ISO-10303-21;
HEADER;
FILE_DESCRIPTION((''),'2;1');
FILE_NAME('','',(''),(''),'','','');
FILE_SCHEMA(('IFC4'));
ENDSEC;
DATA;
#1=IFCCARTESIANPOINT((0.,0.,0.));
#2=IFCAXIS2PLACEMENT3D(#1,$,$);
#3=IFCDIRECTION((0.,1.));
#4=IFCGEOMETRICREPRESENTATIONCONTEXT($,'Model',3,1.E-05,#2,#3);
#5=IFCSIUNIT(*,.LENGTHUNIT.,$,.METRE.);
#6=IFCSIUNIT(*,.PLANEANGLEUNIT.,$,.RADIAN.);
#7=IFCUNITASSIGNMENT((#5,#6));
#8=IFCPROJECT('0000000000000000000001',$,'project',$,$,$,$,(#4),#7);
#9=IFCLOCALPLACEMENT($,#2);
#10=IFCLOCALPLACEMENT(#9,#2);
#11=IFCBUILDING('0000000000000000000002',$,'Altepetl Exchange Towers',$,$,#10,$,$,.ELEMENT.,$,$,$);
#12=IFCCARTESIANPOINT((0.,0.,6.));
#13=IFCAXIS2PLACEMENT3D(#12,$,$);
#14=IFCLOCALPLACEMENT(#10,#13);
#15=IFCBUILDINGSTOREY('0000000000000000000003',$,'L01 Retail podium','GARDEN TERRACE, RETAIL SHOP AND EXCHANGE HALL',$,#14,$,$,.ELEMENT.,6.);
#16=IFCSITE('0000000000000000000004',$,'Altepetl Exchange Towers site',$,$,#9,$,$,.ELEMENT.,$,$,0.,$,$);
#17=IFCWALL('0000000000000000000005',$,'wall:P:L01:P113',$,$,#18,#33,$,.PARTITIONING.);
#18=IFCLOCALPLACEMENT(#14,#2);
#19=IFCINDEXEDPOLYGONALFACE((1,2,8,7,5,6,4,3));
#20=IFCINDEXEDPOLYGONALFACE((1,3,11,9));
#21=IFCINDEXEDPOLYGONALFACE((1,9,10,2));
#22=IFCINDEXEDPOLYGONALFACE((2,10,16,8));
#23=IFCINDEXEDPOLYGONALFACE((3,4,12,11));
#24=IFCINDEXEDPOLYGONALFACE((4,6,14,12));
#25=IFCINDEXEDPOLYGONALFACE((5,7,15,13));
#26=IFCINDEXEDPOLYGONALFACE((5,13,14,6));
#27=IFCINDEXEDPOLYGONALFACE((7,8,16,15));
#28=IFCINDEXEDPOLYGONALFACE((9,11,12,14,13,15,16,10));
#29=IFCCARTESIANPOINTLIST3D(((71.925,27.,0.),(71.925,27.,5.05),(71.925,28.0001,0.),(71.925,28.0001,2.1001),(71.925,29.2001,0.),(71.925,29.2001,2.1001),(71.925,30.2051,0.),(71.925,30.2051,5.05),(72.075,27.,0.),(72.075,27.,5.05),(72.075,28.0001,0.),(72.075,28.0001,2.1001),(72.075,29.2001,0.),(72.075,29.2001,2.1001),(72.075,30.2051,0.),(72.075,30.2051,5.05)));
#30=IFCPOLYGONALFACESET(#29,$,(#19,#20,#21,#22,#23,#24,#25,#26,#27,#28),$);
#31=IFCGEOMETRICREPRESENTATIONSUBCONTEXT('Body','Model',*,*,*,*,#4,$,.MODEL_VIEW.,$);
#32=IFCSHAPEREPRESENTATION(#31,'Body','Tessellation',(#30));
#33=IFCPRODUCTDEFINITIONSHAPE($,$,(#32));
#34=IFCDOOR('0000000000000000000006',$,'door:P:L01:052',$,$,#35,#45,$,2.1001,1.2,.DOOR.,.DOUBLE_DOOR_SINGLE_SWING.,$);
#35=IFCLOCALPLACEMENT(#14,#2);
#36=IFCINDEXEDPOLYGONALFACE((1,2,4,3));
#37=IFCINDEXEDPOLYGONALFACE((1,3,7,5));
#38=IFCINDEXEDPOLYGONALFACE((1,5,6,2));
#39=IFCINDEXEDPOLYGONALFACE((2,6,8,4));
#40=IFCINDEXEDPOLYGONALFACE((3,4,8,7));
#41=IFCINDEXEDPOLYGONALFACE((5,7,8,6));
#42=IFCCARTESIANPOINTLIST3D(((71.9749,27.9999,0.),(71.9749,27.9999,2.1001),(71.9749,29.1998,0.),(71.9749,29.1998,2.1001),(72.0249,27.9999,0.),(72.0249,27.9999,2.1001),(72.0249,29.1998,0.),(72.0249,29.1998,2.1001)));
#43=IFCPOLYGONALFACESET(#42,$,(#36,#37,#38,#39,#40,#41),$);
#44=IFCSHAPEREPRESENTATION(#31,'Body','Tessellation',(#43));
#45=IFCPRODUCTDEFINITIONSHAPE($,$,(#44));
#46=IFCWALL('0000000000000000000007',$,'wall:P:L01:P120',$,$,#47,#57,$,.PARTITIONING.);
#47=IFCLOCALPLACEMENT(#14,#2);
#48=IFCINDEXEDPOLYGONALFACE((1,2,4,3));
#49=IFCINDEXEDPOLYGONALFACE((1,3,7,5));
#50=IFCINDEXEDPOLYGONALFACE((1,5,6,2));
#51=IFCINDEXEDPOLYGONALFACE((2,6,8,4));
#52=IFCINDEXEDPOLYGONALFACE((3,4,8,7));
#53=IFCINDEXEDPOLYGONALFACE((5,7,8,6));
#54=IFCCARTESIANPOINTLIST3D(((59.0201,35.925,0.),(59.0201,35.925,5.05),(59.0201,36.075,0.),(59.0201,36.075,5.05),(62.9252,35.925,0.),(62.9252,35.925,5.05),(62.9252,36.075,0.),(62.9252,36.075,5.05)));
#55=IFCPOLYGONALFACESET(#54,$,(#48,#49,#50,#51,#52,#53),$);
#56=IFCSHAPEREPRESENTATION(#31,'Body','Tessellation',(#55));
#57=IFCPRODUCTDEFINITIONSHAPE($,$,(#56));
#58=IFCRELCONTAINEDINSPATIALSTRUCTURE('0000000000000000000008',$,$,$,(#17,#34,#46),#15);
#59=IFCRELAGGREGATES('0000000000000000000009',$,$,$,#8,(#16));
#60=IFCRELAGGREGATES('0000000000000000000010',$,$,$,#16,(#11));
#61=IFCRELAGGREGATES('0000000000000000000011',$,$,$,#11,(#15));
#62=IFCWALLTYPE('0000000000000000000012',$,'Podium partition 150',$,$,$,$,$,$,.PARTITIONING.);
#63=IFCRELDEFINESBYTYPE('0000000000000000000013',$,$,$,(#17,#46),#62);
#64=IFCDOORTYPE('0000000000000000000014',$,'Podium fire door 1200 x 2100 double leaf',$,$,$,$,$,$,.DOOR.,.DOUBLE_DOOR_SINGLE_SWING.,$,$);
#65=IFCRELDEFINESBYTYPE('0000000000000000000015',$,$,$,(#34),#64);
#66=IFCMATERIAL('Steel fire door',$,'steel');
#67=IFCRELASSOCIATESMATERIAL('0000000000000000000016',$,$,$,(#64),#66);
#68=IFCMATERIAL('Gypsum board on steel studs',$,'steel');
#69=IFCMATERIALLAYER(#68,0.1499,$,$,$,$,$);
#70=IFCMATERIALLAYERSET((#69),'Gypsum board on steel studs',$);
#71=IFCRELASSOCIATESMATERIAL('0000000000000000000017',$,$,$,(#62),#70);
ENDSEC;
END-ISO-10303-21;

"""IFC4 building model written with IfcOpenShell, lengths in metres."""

from ifc_helpers import new_model, si_unit, direction, frame, frame_2d, origin, place, context, subcontext, project, spatial, rectangle, extrude, material, layer, layer_set, type_object, element, fill, save


model = new_model("IFC4")

# Units and contexts
model_context = context("Model", 3, precision=1e-05, world=origin(), true_north=direction((0.0, 1.0)))
body_context = subcontext(model_context, "Body", "Model", "MODEL_VIEW")
ifc_project = project(units=[si_unit("LENGTHUNIT", "METRE"), si_unit("PLANEANGLEUNIT", "RADIAN")], contexts=[model_context])

# Site, building, storey
site_placement = place(None, origin())
site = spatial("IfcSite", under=ifc_project, at=site_placement, Name="Altepetl Exchange Towers site", CompositionType="ELEMENT", RefElevation=0.0)
building_placement = place(site_placement, origin())
building = spatial("IfcBuilding", under=site, at=building_placement, Name="Altepetl Exchange Towers", CompositionType="ELEMENT")
storey_placement = place(building_placement, frame((0.0, 0.0, 6.0)))
storey = spatial("IfcBuildingStorey", under=building, at=storey_placement, Name="L01 Retail podium", Description="GARDEN TERRACE, RETAIL SHOP AND EXCHANGE HALL", CompositionType="ELEMENT", Elevation=6.0)

# Shared definitions
ifc_material_1 = material(Name="Steel fire door", Category="steel")
door_type_1 = type_object("IfcDoorType", Name="Podium fire door 1200 x 2100 double leaf", OperationType="DOUBLE_DOOR_SINGLE_SWING", PredefinedType="DOOR", material=ifc_material_1)
ifc_material_2 = material(Name="Gypsum board on steel studs", Category="steel")
ifc_layer_1 = layer(ifc_material_2, 0.1499)
ifc_layer_set_1 = layer_set([ifc_layer_1], Name="Gypsum board on steel studs")
wall_type_1 = type_object("IfcWallType", Name="Podium partition 150", PredefinedType="PARTITIONING", material=ifc_layer_set_1)

# Wall, opening, door
wall_1_placement = place(storey_placement, frame((72.0, 27.0, 0.0), z_axis=(0.0, 0.0, 1.0), x_axis=(0.0, 1.0, 0.0)))
wall_1 = element("IfcWall", 1, at=wall_1_placement, inside=storey, type_object=wall_type_1, Name="wall:P:L01:P113", PredefinedType="PARTITIONING", context=body_context, shape_type="SweptSolid", body=[
    extrude(rectangle(XDim=3.2051, YDim=0.1499, at=frame_2d((1.6025, 0.0))), origin(), (0.0, 0.0, 1.0), 5.05),
])
opening_1_placement = place(wall_1_placement, frame((1.0, 0.0, 0.0)))
opening_1 = element("IfcOpeningElement", 2, at=opening_1_placement, cuts=wall_1, PredefinedType="OPENING", context=body_context, shape_type="SweptSolid", body=[
    extrude(rectangle(XDim=1.2, YDim=2.1001, at=frame_2d((0.6001, 1.05))), frame((0.0, 0.085, 0.0), z_axis=(0.0, -1.0, 0.0), x_axis=(1.0, 0.0, 0.0)), (0.0, 0.0, 1.0), 0.1699),
])
door_1_placement = place(opening_1_placement, frame((1.2, 0.0, 0.0), x_axis=(-1.0, 0.0, 0.0)))
door_1 = element("IfcDoor", 3, at=door_1_placement, inside=storey, type_object=door_type_1, Name="door:P:L01:052", OperationType="DOUBLE_DOOR_SINGLE_SWING", OverallHeight=2.1001, OverallWidth=1.2, PredefinedType="DOOR", context=body_context, shape_type="SweptSolid", body=[
    extrude(rectangle(XDim=1.2, YDim=2.1001, at=frame_2d((0.6001, 1.05))), frame((0.0, 0.0249, 0.0), z_axis=(0.0, -1.0, 0.0), x_axis=(1.0, 0.0, 0.0)), (0.0, 0.0, 1.0), 0.05),
])
fill(opening_1, door_1)

# Wall
wall_2_placement = place(storey_placement, frame((59.02, 36.0, 0.0)))
element("IfcWall", 4, at=wall_2_placement, inside=storey, type_object=wall_type_1, Name="wall:P:L01:P120", PredefinedType="PARTITIONING", context=body_context, shape_type="SweptSolid", body=[
    extrude(rectangle(XDim=3.905, YDim=0.1499, at=frame_2d((1.9526, 0.0))), origin(), (0.0, 0.0, 1.0), 5.05),
])

save(model, "model.ifc")
